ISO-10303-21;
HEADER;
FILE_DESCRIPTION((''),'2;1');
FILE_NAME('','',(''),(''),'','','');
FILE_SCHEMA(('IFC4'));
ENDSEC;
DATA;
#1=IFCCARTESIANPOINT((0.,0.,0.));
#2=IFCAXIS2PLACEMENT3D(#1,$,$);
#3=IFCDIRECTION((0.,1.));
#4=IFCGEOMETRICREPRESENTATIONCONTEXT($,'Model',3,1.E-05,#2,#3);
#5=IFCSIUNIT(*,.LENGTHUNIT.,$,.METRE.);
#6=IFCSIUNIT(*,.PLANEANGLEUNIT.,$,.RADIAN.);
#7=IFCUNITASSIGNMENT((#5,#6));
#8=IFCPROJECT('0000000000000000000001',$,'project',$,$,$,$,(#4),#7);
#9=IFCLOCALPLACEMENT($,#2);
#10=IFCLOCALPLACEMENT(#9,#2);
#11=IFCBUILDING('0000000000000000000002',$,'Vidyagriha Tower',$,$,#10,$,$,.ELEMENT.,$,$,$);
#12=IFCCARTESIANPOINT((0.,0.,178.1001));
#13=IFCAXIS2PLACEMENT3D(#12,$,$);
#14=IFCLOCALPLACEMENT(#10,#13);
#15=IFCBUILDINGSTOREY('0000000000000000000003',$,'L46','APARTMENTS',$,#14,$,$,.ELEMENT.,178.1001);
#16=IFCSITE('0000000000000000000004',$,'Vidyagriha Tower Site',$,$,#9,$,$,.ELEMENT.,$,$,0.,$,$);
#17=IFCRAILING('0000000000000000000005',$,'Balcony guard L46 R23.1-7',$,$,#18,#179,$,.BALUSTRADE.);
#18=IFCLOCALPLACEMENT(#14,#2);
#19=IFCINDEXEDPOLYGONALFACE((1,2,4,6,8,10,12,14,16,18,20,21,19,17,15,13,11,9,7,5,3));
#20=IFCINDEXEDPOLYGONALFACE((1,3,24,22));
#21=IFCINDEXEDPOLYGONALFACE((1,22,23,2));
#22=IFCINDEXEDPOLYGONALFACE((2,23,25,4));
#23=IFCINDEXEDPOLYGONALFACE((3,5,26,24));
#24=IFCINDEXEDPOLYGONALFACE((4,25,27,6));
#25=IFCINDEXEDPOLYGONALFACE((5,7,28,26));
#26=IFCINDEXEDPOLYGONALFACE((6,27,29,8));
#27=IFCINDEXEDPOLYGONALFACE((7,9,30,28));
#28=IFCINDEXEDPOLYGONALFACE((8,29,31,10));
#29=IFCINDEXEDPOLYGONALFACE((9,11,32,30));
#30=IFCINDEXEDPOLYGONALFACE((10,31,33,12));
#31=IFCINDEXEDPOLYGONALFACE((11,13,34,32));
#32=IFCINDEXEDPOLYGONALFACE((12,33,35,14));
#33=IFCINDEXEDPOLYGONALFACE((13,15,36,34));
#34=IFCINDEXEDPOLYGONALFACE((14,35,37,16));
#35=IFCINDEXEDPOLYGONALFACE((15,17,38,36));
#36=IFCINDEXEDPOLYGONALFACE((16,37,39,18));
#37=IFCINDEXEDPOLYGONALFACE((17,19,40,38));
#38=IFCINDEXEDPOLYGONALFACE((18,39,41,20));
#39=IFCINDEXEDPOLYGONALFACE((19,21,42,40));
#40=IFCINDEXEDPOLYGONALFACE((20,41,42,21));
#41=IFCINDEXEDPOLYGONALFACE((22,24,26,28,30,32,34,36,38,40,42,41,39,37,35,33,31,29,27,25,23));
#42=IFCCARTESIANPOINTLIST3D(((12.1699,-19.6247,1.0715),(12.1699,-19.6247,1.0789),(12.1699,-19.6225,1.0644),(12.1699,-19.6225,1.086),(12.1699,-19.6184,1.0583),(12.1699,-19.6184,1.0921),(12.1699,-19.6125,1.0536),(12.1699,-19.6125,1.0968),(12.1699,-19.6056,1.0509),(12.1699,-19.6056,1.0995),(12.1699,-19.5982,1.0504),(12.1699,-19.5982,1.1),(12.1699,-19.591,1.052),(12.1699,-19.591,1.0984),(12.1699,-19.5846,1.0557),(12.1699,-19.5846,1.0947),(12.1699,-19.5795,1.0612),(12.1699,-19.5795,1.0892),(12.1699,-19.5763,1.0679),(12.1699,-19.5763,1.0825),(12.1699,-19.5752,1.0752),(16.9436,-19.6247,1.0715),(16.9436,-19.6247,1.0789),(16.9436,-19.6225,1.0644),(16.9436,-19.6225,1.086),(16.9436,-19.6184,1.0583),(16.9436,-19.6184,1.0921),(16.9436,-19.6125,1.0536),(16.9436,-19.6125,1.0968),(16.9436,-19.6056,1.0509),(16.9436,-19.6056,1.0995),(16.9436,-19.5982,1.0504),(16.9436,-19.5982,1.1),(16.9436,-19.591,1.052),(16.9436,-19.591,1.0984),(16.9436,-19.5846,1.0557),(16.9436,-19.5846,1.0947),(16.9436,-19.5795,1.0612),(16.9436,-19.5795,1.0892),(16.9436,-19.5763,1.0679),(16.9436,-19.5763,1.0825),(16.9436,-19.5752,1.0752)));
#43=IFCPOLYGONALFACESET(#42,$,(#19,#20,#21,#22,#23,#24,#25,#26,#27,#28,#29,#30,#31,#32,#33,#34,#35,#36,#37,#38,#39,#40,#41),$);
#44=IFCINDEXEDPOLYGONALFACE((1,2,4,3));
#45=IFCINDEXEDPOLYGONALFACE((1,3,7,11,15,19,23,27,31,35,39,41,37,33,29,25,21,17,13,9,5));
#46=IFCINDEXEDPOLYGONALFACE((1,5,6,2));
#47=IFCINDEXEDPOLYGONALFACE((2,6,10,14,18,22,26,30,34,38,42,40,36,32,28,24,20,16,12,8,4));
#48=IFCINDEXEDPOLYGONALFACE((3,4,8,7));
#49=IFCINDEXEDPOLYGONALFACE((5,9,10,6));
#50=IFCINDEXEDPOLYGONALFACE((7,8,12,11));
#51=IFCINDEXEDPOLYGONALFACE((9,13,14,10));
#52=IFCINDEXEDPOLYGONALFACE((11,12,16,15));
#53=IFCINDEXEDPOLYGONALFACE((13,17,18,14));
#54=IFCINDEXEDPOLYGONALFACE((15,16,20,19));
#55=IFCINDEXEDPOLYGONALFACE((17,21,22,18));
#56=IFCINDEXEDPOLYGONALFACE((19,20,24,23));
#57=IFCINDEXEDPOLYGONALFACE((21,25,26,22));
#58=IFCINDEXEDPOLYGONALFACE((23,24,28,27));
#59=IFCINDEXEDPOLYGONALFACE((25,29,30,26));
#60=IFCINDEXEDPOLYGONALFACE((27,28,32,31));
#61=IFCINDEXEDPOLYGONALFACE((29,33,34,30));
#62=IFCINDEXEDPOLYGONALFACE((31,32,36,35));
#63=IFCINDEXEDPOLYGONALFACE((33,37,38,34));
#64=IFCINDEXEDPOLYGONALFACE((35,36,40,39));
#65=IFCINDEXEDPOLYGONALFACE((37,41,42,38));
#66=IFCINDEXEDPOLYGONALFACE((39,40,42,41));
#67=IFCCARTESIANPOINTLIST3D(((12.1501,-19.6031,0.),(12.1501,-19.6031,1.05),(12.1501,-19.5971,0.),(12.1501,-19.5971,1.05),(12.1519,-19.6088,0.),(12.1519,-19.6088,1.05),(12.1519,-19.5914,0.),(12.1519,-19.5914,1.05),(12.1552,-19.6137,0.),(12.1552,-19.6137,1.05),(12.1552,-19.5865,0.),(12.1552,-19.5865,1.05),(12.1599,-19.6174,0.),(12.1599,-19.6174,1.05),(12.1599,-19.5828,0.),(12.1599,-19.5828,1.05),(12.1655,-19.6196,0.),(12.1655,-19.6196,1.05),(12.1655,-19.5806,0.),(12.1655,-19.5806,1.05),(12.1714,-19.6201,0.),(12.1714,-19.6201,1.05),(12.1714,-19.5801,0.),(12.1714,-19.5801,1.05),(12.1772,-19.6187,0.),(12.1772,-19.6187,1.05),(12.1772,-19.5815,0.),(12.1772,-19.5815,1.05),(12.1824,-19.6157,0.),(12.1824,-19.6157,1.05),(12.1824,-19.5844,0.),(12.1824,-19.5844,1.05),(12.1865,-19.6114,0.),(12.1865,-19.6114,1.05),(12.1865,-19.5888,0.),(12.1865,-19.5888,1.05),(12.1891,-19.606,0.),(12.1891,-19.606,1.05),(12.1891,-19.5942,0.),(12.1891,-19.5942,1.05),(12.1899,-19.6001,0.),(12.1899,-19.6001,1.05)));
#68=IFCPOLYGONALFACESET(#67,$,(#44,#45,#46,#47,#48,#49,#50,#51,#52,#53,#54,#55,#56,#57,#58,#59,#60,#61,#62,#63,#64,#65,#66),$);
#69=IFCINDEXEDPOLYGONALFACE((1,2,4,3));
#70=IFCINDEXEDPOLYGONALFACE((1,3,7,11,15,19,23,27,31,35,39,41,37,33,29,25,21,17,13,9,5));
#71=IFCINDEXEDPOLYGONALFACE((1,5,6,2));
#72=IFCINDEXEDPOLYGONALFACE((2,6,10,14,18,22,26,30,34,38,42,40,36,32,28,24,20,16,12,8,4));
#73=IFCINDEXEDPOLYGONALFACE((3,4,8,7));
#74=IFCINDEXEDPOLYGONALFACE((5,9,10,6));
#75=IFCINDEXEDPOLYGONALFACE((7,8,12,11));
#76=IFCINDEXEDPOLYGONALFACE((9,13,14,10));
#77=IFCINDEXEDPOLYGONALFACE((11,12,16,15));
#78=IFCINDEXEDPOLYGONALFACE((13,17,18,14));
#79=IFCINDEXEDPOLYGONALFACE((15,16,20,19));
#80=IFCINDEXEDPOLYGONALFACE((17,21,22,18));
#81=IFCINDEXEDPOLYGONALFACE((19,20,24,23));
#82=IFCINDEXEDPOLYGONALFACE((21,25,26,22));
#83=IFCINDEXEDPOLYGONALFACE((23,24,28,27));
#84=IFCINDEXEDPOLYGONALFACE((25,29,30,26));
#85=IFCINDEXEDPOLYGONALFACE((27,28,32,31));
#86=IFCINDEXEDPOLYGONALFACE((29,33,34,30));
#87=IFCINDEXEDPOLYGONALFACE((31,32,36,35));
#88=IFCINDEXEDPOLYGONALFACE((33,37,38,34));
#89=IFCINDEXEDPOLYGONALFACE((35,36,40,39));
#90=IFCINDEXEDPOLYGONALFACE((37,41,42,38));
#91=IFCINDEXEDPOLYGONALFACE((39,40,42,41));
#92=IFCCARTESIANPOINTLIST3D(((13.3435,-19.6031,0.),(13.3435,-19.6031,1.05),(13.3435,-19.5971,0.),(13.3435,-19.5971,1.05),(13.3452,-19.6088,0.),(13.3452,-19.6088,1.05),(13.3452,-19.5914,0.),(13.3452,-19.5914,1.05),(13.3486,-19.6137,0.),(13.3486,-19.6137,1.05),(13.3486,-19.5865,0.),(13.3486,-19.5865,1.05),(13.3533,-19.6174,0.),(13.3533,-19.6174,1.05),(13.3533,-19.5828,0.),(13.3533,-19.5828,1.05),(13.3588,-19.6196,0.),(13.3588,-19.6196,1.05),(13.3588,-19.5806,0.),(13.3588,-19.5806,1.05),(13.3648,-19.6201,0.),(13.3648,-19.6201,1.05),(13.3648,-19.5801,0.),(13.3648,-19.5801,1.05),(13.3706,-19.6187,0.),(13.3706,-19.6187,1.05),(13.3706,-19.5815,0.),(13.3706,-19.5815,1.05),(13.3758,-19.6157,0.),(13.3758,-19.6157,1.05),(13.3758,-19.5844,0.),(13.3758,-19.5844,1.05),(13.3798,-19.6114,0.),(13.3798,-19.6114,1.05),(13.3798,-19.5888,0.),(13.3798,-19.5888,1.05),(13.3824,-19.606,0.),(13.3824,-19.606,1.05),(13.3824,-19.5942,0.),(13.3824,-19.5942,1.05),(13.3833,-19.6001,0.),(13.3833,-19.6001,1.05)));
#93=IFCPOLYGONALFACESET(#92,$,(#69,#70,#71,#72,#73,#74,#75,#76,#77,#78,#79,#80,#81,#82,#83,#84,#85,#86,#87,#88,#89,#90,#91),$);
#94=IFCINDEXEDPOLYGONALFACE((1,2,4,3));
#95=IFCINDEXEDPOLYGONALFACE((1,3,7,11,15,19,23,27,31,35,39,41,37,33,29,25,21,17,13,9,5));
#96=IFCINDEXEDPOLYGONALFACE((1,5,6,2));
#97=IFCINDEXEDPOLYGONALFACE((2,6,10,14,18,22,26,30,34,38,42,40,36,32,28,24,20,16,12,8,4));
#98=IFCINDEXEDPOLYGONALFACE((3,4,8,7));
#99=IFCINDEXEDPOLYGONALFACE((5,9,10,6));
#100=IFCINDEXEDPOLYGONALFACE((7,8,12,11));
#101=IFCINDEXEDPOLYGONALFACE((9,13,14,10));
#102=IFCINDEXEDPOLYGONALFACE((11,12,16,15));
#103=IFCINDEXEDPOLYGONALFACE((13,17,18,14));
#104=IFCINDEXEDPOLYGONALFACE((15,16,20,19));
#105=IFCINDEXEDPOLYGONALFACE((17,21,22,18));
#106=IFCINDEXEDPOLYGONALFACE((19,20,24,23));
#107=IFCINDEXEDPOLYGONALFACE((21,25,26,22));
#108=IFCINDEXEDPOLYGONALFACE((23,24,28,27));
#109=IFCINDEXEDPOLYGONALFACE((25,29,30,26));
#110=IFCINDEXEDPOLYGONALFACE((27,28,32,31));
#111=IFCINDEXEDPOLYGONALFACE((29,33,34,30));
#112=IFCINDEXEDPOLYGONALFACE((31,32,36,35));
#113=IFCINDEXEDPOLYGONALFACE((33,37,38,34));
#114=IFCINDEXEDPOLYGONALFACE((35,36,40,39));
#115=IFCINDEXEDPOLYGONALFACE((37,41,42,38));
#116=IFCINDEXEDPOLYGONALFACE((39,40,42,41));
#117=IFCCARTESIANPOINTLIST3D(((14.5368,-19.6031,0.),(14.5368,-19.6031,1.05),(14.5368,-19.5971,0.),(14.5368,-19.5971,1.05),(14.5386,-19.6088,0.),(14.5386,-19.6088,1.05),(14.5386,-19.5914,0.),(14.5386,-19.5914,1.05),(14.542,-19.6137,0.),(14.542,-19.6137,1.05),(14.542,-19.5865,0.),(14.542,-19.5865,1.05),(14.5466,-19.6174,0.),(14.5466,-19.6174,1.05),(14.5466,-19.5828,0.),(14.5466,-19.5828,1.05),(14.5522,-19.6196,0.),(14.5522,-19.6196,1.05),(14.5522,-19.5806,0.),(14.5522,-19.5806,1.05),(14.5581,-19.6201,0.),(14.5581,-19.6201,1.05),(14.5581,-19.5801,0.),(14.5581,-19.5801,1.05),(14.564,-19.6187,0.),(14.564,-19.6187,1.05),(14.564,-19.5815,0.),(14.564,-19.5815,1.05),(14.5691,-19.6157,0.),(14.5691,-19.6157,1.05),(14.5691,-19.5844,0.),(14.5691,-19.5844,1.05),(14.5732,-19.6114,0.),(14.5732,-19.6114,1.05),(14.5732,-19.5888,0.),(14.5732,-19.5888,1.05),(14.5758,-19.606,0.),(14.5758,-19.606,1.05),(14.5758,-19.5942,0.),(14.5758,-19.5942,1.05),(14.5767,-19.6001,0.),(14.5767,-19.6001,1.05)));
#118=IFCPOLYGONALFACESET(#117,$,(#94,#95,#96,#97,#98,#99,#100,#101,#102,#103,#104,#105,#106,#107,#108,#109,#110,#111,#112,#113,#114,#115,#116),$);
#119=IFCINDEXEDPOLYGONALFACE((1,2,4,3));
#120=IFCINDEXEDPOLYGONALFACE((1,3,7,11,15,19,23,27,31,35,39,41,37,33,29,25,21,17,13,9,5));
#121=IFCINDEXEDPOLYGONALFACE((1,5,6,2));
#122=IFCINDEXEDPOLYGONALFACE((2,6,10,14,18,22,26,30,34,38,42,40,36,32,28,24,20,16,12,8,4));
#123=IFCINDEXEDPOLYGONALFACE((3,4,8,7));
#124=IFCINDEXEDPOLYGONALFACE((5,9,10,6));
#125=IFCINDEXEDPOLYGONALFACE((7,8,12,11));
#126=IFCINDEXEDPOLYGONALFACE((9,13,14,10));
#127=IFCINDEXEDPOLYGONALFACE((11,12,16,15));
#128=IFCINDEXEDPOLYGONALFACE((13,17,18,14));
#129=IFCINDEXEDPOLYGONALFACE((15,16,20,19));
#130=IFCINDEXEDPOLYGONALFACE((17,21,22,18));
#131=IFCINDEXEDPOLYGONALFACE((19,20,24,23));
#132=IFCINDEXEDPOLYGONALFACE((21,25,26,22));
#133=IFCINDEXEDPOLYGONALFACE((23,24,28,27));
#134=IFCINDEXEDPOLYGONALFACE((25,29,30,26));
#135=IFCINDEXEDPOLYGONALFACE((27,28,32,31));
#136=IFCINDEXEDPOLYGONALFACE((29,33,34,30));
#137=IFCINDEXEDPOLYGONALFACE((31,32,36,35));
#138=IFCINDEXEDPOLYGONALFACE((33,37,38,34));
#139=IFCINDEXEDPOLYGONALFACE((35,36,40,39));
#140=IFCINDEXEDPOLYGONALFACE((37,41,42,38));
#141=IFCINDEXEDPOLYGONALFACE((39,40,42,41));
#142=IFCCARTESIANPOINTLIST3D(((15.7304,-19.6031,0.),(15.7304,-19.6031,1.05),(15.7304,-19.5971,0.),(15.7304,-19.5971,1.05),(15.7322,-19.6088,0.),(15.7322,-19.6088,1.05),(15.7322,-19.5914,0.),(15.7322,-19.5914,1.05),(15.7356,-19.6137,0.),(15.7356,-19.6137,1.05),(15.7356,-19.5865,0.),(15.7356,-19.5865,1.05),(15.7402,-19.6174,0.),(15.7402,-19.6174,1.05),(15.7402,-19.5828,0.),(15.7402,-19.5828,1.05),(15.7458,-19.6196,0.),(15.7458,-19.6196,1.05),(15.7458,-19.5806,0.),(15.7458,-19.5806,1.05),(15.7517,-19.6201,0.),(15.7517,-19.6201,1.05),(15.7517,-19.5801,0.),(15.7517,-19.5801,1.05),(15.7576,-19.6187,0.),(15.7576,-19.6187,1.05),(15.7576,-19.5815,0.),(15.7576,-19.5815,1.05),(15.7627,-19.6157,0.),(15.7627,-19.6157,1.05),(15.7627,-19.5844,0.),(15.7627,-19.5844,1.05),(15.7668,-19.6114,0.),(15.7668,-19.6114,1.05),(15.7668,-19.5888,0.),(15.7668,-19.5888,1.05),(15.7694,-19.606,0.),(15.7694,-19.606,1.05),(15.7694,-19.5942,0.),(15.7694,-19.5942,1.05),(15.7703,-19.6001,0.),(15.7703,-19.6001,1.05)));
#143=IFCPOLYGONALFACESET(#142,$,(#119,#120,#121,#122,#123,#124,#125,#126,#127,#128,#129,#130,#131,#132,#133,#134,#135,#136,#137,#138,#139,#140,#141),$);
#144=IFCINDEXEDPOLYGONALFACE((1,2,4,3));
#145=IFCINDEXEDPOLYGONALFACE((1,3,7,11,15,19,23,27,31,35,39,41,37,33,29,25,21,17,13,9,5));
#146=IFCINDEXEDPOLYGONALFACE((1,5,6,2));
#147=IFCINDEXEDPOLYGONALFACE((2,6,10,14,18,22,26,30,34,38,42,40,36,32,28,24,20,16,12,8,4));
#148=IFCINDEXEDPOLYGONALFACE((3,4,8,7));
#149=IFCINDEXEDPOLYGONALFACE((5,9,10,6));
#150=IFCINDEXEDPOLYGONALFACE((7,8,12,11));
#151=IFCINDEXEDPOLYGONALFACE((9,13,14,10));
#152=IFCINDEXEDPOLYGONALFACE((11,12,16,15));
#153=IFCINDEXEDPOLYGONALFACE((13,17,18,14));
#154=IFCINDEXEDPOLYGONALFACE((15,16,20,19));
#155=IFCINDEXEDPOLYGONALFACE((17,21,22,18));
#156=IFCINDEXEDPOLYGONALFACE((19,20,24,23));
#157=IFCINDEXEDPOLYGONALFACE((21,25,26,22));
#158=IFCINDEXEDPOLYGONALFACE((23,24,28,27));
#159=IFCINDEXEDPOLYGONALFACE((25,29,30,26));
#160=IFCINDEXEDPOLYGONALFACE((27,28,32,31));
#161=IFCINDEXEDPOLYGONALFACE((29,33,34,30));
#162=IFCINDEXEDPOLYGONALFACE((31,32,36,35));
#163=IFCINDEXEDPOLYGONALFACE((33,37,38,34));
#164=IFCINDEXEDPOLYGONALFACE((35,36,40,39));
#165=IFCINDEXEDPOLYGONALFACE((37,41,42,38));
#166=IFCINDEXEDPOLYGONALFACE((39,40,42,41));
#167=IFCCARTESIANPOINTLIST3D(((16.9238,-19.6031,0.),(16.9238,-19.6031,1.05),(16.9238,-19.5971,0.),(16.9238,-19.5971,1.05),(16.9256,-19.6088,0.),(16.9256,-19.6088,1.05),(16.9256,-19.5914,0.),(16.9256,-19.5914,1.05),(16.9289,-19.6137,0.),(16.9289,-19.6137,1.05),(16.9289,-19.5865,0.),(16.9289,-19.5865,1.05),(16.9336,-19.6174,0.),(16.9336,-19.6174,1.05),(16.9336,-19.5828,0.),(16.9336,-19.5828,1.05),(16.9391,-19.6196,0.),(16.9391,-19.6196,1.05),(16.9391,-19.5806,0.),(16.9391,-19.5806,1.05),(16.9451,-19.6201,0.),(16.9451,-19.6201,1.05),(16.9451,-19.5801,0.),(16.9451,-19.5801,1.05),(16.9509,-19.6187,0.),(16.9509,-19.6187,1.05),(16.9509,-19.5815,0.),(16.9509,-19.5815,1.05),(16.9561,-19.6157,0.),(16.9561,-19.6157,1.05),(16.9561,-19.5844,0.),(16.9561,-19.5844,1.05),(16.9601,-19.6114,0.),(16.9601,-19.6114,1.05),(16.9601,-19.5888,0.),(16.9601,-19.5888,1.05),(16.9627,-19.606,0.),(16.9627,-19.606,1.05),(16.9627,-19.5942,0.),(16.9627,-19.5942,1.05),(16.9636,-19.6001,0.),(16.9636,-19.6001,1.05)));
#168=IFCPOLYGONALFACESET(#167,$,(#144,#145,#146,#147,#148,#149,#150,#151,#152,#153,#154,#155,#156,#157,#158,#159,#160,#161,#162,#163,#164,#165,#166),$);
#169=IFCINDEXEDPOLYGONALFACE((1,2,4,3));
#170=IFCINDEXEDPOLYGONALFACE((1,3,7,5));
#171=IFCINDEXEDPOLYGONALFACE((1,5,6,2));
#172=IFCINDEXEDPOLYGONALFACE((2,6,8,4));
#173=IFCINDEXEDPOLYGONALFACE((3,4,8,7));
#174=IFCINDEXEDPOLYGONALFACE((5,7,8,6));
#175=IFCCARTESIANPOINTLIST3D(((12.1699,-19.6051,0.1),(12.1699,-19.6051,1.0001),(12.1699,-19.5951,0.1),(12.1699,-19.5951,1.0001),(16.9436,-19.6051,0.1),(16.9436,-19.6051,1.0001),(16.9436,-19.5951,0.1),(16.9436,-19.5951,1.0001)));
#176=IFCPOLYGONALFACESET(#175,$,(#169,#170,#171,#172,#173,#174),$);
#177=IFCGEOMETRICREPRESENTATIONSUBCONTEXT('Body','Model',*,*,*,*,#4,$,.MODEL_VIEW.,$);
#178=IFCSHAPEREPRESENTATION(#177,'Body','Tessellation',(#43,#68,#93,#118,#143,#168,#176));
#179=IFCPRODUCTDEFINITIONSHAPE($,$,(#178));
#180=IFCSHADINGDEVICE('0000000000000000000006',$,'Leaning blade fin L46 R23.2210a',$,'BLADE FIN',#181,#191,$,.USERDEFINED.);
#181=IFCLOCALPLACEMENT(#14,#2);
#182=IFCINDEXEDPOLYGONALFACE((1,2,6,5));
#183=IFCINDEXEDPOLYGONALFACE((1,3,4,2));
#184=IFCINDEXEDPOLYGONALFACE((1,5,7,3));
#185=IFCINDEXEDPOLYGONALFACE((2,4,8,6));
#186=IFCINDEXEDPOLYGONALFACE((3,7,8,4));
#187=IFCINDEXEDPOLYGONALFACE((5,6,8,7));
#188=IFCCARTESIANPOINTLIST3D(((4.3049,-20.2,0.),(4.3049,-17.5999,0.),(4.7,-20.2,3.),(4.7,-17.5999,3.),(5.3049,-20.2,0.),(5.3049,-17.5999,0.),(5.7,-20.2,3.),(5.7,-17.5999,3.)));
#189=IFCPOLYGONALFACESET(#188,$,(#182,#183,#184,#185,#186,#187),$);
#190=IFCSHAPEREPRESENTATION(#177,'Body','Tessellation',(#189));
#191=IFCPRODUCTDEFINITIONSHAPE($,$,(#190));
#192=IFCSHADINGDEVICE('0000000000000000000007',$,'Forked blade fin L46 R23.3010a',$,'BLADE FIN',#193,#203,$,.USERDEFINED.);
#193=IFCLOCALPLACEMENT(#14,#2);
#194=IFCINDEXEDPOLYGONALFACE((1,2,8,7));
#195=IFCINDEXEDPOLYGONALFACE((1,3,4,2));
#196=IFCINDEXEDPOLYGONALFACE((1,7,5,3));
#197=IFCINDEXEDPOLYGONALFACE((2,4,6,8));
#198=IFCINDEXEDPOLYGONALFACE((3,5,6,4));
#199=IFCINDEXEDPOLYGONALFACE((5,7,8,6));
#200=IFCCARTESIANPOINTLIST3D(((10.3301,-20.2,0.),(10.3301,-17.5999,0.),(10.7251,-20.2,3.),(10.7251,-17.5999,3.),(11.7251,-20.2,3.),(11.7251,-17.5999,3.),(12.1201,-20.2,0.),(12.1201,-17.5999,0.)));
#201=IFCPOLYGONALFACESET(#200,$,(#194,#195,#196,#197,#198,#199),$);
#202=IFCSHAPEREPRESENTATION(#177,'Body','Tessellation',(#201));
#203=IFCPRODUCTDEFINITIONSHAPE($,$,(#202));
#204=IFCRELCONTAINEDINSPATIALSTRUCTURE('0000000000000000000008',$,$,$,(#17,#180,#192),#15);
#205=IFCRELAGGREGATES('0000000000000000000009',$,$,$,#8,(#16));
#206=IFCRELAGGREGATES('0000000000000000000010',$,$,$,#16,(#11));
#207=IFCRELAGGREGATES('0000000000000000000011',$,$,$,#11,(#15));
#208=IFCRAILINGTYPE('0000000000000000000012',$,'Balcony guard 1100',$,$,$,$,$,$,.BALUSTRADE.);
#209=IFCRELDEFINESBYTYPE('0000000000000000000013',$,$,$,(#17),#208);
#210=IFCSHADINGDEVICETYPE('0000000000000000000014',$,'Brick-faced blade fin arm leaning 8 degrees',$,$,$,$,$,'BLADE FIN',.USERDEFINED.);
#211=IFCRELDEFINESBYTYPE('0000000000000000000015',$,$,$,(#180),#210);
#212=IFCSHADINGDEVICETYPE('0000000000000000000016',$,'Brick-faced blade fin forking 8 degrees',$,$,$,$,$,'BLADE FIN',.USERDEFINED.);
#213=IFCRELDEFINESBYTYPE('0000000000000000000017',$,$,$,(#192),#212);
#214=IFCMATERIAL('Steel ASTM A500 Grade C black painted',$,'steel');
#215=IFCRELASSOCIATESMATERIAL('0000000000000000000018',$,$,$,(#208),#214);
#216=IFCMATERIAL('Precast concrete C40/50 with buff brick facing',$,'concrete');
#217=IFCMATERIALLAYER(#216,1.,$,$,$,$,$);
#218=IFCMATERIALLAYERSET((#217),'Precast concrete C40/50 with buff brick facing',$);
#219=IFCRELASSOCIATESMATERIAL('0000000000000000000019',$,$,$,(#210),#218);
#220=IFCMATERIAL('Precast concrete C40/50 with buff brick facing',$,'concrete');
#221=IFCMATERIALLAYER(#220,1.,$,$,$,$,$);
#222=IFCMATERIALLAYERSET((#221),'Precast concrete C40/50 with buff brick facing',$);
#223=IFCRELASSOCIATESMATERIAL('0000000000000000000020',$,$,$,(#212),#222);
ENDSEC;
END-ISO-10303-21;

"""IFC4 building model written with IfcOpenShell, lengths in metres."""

from ifc_helpers import new_model, si_unit, direction, frame, origin, origin_2d, place, context, subcontext, project, spatial, polyline, rectangle, circle, outline, extrude, material, layer, layer_set, type_object, element, save


model = new_model("IFC4")

# Units and contexts
model_context = context("Model", 3, precision=1e-05, world=origin(), true_north=direction((0.0, 1.0)))
body_context = subcontext(model_context, "Body", "Model", "MODEL_VIEW")
ifc_project = project(units=[si_unit("LENGTHUNIT", "METRE"), si_unit("PLANEANGLEUNIT", "RADIAN")], contexts=[model_context])

# Site, building, storey
site_placement = place(None, origin())
site = spatial("IfcSite", under=ifc_project, at=site_placement, Name="Vidyagriha Tower Site", CompositionType="ELEMENT", RefElevation=0.0)
building_placement = place(site_placement, origin())
building = spatial("IfcBuilding", under=site, at=building_placement, Name="Vidyagriha Tower", CompositionType="ELEMENT")
storey_placement = place(building_placement, frame((0.0, 0.0, 178.1001)))
storey = spatial("IfcBuildingStorey", under=building, at=storey_placement, Name="L46", Description="APARTMENTS", CompositionType="ELEMENT", Elevation=178.1001)

# Railing
ifc_material_1 = material(Name="Steel ASTM A500 Grade C black painted", Category="steel")
railing_type = type_object("IfcRailingType", Name="Balcony guard 1100", PredefinedType="BALUSTRADE", material=ifc_material_1)
for number, where, name in (
    (1, (12.1699, -19.6001, 0.0), "Balcony guard L46 R23.1-7"),
):
    element("IfcRailing", number, at=place(storey_placement, frame(where)), inside=storey, type_object=railing_type, Name=name, PredefinedType="BALUSTRADE", context=body_context, shape_type="SweptSolid", body=[
        extrude(circle(Radius=0.0249, at=origin_2d()), frame((0.0, 0.0, 1.0752), z_axis=(1.0, 0.0, 0.0), x_axis=(0.0, 1.0, 0.0)), (0.0, 0.0, 1.0), 4.7737),
        extrude(circle(Radius=0.02, at=origin_2d()), origin(), (0.0, 0.0, 1.0), 1.05),
        extrude(circle(Radius=0.02, at=origin_2d()), frame((1.1934, 0.0, 0.0)), (0.0, 0.0, 1.0), 1.05),
        extrude(circle(Radius=0.02, at=origin_2d()), frame((2.3867, 0.0, 0.0)), (0.0, 0.0, 1.0), 1.05),
        extrude(circle(Radius=0.02, at=origin_2d()), frame((3.5803, 0.0, 0.0)), (0.0, 0.0, 1.0), 1.05),
        extrude(circle(Radius=0.02, at=origin_2d()), frame((4.7737, 0.0, 0.0)), (0.0, 0.0, 1.0), 1.05),
        extrude(rectangle(XDim=0.01, YDim=0.9001, at=origin_2d()), frame((0.0, 0.0, 0.55), z_axis=(1.0, 0.0, 0.0), x_axis=(0.0, 1.0, 0.0)), (0.0, 0.0, 1.0), 4.7737),
    ])

# Shading devices
ifc_material_2 = material(Name="Precast concrete C40/50 with buff brick facing", Category="concrete")
ifc_layer_1 = layer(ifc_material_2, 1.0)
ifc_layer_set_1 = layer_set([ifc_layer_1], Name="Precast concrete C40/50 with buff brick facing")
shading_device_type_1 = type_object("IfcShadingDeviceType", Name="Brick-faced blade fin arm leaning 8 degrees", ElementType="BLADE FIN", PredefinedType="USERDEFINED", material=ifc_layer_set_1)
shading_device_1_placement = place(storey_placement, frame((4.3049, -18.8999, 0.0)))
element("IfcShadingDevice", 2, at=shading_device_1_placement, inside=storey, type_object=shading_device_type_1, Name="Leaning blade fin L46 R23.2210a", ObjectType="BLADE FIN", PredefinedType="USERDEFINED", context=body_context, shape_type="SweptSolid", body=[
    extrude(outline(polyline([(0.0, 0.0), (1.0, 0.0), (1.395, 3.0), (0.395, 3.0), (0.0, 0.0)])), frame((0.0, 1.3, 0.0), z_axis=(0.0, -1.0, 0.0), x_axis=(1.0, 0.0, 0.0)), (0.0, 0.0, 1.0), 2.6001),
])
ifc_material_3 = material(Name="Precast concrete C40/50 with buff brick facing", Category="concrete")
ifc_layer_2 = layer(ifc_material_3, 1.0)
ifc_layer_set_2 = layer_set([ifc_layer_2], Name="Precast concrete C40/50 with buff brick facing")
shading_device_type_2 = type_object("IfcShadingDeviceType", Name="Brick-faced blade fin forking 8 degrees", ElementType="BLADE FIN", PredefinedType="USERDEFINED", material=ifc_layer_set_2)
shading_device_2_placement = place(storey_placement, frame((10.3301, -18.8999, 0.0)))
element("IfcShadingDevice", 3, at=shading_device_2_placement, inside=storey, type_object=shading_device_type_2, Name="Forked blade fin L46 R23.3010a", ObjectType="BLADE FIN", PredefinedType="USERDEFINED", context=body_context, shape_type="SweptSolid", body=[
    extrude(outline(polyline([(0.0, 0.0), (1.79, 0.0), (1.395, 3.0), (0.395, 3.0), (0.0, 0.0)])), frame((0.0, 1.3, 0.0), z_axis=(0.0, -1.0, 0.0), x_axis=(1.0, 0.0, 0.0)), (0.0, 0.0, 1.0), 2.6001),
])

save(model, "model.ifc")
